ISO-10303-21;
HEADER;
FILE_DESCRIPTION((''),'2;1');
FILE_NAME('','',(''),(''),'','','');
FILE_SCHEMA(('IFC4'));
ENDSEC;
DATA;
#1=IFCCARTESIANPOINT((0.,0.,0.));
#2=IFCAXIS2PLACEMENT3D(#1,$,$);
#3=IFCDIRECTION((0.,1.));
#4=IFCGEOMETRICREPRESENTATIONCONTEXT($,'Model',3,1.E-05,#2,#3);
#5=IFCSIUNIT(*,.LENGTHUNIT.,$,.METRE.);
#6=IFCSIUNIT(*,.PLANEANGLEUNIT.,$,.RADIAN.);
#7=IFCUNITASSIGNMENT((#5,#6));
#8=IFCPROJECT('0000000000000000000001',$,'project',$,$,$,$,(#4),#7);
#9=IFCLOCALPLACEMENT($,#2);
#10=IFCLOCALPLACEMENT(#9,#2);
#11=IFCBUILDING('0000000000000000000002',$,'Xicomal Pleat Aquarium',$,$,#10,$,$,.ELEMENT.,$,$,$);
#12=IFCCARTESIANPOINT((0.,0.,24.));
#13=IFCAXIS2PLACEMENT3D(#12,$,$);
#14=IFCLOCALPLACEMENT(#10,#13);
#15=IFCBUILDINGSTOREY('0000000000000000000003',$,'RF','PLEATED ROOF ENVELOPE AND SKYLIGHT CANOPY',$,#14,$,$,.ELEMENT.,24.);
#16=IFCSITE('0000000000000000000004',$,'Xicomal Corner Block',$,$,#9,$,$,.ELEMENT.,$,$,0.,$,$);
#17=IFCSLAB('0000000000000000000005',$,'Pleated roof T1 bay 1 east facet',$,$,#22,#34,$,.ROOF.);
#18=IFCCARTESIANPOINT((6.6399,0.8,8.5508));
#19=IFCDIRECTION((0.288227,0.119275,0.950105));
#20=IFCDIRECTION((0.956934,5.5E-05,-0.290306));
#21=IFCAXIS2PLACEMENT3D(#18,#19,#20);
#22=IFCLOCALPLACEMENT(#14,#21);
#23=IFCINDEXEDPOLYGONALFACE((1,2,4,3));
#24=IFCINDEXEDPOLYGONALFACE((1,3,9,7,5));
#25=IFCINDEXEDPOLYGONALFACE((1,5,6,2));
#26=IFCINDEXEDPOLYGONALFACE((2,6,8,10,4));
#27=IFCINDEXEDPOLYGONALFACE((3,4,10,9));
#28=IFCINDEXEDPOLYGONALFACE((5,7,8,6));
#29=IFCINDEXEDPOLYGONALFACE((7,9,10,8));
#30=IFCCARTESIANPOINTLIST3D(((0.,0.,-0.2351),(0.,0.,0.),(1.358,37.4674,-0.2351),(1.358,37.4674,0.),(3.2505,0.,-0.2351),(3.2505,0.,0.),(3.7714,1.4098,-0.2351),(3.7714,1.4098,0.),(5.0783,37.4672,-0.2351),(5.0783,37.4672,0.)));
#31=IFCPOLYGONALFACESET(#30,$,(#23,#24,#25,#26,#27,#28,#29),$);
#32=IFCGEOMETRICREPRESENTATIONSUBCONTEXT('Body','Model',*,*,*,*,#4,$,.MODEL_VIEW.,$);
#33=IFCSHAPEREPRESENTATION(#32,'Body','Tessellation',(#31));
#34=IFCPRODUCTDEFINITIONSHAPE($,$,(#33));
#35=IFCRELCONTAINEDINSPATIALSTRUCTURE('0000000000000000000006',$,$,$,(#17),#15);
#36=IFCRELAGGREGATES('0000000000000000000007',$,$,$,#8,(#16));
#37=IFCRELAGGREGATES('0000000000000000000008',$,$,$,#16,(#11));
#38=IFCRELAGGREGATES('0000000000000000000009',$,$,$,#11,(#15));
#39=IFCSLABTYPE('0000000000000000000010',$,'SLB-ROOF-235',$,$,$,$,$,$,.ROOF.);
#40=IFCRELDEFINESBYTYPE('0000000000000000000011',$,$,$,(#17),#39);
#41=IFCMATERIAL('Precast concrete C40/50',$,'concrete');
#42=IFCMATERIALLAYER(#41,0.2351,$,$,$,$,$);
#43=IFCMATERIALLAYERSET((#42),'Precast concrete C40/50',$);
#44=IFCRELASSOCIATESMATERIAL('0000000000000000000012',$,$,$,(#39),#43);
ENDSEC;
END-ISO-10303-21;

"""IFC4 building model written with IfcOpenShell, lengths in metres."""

from ifc_helpers import new_model, si_unit, direction, frame, origin, place, context, subcontext, project, spatial, polyline, outline, extrude, material, layer, layer_set, type_object, element, save


model = new_model("IFC4")

# Units and contexts
model_context = context("Model", 3, precision=1e-05, world=origin(), true_north=direction((0.0, 1.0)))
body_context = subcontext(model_context, "Body", "Model", "MODEL_VIEW")
ifc_project = project(units=[si_unit("LENGTHUNIT", "METRE"), si_unit("PLANEANGLEUNIT", "RADIAN")], contexts=[model_context])

# Site, building, storey
site_placement = place(None, origin())
site = spatial("IfcSite", under=ifc_project, at=site_placement, Name="Xicomal Corner Block", CompositionType="ELEMENT", RefElevation=0.0)
building_placement = place(site_placement, origin())
building = spatial("IfcBuilding", under=site, at=building_placement, Name="Xicomal Pleat Aquarium", CompositionType="ELEMENT")
storey_placement = place(building_placement, frame((0.0, 0.0, 24.0)))
storey = spatial("IfcBuildingStorey", under=building, at=storey_placement, Name="RF", Description="PLEATED ROOF ENVELOPE AND SKYLIGHT CANOPY", CompositionType="ELEMENT", Elevation=24.0)

# Slab
ifc_material_1 = material(Name="Precast concrete C40/50", Category="concrete")
ifc_layer_1 = layer(ifc_material_1, 0.2351)
ifc_layer_set_1 = layer_set([ifc_layer_1], Name="Precast concrete C40/50")
slab_type = type_object("IfcSlabType", Name="SLB-ROOF-235", PredefinedType="ROOF", material=ifc_layer_set_1)
slab_placement = place(storey_placement, frame((6.6399, 0.8, 8.5508), z_axis=(0.288227, 0.119275, 0.950105), x_axis=(0.956934, 0.000055, -0.290306)))
element("IfcSlab", 1, at=slab_placement, inside=storey, type_object=slab_type, Name="Pleated roof T1 bay 1 east facet", PredefinedType="ROOF", context=body_context, shape_type="SweptSolid", body=[
    extrude(outline(polyline([(0.0, 0.0), (3.2505, 0.0), (3.7714, 1.4098), (5.0783, 37.4672), (1.358, 37.4674), (0.0, 0.0)])), origin(), (0.0, 0.0, -1.0), 0.2351),
])

save(model, "model.ifc")
